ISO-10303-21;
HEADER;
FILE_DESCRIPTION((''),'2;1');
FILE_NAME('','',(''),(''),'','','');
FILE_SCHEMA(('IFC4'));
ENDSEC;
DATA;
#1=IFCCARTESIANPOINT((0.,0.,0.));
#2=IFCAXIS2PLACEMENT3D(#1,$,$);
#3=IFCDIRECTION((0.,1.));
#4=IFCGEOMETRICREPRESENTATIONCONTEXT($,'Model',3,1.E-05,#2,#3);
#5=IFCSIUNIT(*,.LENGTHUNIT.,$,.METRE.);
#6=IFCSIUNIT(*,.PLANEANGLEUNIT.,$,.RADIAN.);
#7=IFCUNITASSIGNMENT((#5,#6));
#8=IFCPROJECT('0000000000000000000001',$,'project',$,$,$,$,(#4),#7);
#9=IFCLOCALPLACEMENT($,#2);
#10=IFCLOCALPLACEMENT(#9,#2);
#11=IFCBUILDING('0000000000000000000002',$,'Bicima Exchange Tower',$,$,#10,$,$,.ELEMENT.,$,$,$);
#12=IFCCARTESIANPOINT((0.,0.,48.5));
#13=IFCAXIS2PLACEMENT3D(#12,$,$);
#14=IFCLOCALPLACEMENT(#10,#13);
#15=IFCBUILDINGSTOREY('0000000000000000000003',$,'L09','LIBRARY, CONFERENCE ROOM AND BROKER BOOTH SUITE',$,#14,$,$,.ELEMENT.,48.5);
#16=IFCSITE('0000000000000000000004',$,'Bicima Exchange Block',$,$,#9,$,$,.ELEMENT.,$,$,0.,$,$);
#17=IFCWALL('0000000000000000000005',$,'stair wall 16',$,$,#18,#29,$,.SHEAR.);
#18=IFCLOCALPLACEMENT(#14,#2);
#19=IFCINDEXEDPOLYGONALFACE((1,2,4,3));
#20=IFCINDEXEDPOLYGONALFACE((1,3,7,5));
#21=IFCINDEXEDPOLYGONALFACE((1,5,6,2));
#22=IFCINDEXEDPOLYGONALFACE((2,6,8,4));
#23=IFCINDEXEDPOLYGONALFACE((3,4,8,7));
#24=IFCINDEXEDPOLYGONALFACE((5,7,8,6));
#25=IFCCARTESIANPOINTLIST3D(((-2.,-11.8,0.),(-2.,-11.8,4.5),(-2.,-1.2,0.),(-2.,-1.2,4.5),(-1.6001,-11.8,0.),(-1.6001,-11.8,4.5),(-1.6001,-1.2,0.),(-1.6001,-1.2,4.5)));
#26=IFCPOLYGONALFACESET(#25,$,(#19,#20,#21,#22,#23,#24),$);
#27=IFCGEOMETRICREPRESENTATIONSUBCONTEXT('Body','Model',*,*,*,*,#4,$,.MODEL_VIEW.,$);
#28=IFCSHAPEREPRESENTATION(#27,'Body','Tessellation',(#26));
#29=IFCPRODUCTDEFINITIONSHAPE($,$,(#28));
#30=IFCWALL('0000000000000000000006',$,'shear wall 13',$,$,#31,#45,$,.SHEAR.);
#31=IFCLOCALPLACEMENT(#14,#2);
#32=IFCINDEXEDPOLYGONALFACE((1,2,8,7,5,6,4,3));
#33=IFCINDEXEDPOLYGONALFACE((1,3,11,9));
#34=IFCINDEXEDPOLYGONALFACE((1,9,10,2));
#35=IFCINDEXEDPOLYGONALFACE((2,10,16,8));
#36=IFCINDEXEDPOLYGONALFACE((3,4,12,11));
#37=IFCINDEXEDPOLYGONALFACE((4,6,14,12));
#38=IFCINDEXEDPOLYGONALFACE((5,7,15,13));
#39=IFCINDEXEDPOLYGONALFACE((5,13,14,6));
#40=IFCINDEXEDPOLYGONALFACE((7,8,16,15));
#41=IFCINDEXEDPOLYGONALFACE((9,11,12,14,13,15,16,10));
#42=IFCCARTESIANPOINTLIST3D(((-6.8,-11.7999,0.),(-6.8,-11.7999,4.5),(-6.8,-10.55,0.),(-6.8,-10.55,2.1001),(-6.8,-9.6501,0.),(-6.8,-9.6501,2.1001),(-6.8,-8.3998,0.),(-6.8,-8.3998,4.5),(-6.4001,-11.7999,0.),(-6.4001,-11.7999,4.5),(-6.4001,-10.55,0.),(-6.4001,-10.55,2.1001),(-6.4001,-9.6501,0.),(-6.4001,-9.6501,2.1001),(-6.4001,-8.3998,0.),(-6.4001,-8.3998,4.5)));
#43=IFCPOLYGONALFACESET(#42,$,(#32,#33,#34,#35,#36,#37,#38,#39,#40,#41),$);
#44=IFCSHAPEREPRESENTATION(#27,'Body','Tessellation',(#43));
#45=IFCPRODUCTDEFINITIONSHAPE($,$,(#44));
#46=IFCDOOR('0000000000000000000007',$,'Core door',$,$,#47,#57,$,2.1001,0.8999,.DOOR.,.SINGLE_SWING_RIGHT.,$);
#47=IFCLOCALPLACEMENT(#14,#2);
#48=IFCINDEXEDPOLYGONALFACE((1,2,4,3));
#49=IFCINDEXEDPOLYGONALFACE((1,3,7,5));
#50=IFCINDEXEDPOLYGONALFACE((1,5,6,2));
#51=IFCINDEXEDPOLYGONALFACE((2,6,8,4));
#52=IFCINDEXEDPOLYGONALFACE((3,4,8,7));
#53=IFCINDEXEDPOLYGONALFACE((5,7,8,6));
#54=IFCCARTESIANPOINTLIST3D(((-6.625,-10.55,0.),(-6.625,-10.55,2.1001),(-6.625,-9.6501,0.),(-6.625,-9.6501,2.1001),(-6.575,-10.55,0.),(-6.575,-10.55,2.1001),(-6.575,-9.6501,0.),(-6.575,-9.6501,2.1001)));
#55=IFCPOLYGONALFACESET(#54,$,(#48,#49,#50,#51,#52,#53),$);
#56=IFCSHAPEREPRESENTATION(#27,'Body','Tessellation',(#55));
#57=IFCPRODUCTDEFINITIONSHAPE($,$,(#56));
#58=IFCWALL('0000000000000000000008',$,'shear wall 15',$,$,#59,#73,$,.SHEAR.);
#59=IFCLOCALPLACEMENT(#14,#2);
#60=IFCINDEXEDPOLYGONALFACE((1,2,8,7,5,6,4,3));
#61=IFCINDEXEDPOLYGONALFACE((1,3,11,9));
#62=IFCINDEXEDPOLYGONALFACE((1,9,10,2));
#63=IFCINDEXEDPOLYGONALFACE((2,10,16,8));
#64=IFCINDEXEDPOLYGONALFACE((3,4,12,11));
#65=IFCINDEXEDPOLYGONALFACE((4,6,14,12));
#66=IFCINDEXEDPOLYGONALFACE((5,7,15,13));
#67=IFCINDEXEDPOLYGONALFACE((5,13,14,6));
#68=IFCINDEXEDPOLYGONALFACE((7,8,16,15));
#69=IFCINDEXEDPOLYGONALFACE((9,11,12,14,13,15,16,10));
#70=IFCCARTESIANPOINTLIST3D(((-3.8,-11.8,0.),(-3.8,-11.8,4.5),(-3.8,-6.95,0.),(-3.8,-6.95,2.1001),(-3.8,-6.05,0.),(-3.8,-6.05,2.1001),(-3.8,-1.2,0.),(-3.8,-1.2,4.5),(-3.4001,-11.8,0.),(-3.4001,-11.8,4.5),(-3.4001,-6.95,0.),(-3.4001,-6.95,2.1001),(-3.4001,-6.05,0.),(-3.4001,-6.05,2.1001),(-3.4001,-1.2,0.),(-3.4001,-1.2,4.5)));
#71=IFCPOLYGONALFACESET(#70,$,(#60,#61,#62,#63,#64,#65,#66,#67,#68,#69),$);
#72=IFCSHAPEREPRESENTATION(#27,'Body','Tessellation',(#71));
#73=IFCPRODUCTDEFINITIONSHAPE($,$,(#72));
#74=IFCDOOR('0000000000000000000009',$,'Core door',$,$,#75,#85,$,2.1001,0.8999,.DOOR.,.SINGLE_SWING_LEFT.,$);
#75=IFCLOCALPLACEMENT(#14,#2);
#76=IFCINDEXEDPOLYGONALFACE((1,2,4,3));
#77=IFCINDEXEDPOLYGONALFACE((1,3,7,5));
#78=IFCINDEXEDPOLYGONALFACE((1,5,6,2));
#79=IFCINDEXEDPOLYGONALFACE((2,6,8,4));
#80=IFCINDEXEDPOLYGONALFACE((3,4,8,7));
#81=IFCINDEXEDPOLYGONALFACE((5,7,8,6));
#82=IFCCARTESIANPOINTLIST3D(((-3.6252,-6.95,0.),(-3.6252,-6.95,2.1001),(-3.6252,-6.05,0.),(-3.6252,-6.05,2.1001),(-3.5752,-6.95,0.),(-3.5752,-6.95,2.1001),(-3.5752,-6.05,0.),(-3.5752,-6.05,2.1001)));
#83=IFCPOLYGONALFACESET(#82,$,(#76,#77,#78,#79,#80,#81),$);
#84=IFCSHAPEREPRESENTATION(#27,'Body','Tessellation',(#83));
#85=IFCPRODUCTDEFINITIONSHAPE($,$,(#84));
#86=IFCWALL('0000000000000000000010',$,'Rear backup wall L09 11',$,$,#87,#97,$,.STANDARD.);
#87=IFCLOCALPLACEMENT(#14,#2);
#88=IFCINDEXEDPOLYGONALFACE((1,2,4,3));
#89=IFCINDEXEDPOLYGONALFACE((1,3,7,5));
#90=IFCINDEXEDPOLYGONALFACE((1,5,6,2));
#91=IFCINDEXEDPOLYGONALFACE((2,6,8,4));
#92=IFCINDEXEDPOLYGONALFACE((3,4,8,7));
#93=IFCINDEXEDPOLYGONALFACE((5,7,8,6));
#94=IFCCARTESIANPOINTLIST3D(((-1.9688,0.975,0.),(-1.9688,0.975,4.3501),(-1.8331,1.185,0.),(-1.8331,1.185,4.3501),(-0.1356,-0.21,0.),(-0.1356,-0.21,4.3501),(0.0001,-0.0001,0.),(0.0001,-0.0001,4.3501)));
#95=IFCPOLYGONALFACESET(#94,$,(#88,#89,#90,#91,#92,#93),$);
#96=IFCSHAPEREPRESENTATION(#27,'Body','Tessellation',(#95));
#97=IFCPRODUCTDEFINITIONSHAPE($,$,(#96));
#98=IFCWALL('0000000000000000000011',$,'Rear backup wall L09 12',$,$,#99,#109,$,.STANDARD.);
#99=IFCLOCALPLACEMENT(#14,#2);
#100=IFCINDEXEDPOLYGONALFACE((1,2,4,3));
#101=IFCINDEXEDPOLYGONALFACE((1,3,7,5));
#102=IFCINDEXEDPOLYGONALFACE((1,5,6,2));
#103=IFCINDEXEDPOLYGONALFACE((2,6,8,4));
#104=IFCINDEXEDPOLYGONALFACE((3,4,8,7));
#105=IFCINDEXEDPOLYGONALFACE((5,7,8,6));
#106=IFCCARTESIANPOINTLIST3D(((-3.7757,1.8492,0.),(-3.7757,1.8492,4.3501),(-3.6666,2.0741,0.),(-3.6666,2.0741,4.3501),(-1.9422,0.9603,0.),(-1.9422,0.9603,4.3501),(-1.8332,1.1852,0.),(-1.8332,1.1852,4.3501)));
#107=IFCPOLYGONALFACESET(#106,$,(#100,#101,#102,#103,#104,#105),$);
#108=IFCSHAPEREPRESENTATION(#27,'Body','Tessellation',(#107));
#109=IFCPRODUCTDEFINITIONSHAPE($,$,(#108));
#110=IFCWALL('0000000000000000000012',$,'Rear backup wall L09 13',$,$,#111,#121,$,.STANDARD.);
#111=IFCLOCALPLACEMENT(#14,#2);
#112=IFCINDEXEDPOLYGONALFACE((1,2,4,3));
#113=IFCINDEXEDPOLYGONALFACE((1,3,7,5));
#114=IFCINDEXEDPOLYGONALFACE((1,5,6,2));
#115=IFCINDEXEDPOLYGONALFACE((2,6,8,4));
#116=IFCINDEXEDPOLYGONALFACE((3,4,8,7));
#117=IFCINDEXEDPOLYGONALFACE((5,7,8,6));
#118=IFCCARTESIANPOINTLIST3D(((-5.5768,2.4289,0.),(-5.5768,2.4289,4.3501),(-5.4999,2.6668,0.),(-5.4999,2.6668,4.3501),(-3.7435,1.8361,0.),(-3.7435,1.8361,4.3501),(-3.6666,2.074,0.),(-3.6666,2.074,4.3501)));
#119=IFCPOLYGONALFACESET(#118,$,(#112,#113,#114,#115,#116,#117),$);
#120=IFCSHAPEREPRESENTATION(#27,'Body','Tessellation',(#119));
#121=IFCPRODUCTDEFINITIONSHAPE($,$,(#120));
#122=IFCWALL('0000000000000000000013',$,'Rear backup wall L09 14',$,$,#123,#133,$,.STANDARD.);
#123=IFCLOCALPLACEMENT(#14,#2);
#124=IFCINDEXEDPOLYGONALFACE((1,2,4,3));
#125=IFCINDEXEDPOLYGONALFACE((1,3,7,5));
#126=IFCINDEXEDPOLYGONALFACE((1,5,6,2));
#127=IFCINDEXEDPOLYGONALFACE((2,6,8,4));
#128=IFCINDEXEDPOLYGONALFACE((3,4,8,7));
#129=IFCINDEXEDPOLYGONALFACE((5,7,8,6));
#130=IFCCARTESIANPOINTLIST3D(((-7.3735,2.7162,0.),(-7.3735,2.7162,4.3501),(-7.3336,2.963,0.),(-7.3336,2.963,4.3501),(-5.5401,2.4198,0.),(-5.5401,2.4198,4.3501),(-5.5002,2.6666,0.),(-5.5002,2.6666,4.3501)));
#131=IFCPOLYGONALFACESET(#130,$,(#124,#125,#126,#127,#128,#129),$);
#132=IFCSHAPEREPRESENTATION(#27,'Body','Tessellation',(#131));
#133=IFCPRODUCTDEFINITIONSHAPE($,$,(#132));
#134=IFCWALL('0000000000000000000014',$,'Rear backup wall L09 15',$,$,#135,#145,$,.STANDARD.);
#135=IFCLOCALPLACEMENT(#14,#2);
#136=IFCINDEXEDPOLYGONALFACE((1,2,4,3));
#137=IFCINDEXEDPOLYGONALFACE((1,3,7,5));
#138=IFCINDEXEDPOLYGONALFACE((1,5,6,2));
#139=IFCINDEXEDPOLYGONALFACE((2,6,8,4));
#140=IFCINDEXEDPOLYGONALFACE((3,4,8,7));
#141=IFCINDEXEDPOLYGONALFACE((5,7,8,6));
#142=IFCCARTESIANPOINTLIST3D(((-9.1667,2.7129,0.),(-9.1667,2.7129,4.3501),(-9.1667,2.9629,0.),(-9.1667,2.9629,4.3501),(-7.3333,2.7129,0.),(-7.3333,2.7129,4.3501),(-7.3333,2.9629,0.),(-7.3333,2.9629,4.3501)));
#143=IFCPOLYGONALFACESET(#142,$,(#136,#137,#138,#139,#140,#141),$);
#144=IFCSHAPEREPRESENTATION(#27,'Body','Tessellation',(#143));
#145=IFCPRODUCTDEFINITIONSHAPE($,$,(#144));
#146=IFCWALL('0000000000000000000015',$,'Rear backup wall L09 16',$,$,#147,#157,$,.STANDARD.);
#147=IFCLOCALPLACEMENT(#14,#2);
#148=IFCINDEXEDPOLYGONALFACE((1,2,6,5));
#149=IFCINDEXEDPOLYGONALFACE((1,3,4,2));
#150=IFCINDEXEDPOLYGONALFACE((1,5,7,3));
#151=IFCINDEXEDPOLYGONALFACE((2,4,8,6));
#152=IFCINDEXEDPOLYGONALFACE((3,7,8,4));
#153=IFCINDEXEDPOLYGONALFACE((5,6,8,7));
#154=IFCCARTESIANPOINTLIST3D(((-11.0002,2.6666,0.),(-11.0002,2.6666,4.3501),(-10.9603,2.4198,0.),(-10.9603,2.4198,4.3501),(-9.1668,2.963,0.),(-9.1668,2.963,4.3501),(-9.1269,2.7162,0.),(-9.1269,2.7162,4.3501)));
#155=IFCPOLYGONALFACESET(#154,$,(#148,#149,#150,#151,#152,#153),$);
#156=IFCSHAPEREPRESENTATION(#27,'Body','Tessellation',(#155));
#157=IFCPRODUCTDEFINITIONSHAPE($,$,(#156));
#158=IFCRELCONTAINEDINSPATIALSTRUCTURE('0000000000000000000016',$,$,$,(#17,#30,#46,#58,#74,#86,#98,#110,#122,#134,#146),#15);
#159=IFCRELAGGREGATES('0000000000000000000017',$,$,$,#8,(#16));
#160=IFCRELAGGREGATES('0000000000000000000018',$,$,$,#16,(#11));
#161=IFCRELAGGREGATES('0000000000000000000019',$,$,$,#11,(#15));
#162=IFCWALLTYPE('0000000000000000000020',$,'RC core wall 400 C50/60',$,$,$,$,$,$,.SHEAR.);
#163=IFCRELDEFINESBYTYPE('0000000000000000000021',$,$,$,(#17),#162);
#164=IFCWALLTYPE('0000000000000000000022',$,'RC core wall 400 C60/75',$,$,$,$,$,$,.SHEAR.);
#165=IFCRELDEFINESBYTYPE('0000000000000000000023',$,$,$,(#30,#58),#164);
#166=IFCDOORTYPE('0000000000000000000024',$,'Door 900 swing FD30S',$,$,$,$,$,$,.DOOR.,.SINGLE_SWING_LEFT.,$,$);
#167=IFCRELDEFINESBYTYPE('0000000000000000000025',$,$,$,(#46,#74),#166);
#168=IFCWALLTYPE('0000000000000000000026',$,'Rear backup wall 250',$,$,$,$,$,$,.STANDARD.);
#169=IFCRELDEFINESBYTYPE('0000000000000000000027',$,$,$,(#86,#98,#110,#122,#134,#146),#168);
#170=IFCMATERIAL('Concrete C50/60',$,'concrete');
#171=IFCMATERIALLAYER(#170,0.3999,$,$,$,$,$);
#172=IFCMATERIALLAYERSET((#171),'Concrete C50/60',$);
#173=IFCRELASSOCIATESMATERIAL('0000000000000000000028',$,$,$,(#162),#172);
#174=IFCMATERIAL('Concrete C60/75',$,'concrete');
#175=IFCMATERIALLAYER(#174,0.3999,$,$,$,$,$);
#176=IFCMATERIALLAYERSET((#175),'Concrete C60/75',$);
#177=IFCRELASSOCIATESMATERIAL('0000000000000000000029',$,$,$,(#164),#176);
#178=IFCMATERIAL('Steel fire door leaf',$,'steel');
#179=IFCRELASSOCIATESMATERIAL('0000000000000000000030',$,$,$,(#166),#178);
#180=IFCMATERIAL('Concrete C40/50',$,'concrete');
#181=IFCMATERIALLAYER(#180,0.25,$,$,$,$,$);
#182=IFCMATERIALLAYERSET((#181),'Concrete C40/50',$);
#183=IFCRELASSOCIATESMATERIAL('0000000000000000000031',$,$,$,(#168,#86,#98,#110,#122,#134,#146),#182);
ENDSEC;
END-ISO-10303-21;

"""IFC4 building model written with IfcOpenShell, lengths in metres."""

from ifc_helpers import new_model, si_unit, direction, frame, frame_2d, origin, place, context, subcontext, project, spatial, rectangle, extrude, material, layer, layer_set, layer_usage, type_object, element, fill, save


model = new_model("IFC4")

# Units and contexts
model_context = context("Model", 3, precision=1e-05, world=origin(), true_north=direction((0.0, 1.0)))
body_context = subcontext(model_context, "Body", "Model", "MODEL_VIEW")
ifc_project = project(units=[si_unit("LENGTHUNIT", "METRE"), si_unit("PLANEANGLEUNIT", "RADIAN")], contexts=[model_context])

# Site, building, storey
site_placement = place(None, origin())
site = spatial("IfcSite", under=ifc_project, at=site_placement, Name="Bicima Exchange Block", CompositionType="ELEMENT", RefElevation=0.0)
building_placement = place(site_placement, origin())
building = spatial("IfcBuilding", under=site, at=building_placement, Name="Bicima Exchange Tower", CompositionType="ELEMENT")
storey_placement = place(building_placement, frame((0.0, 0.0, 48.5)))
storey = spatial("IfcBuildingStorey", under=building, at=storey_placement, Name="L09", Description="LIBRARY, CONFERENCE ROOM AND BROKER BOOTH SUITE", CompositionType="ELEMENT", Elevation=48.5)

# Shared definitions
ifc_material_1 = material(Name="Concrete C40/50", Category="concrete")

# Shared definitions
ifc_material_2 = material(Name="Concrete C50/60", Category="concrete")
ifc_layer_1 = layer(ifc_material_2, 0.3999)
ifc_layer_set_1 = layer_set([ifc_layer_1], Name="Concrete C50/60")
wall_type_1 = type_object("IfcWallType", Name="RC core wall 400 C50/60", PredefinedType="SHEAR", material=ifc_layer_set_1)
ifc_material_3 = material(Name="Steel fire door leaf", Category="steel")

# Wall
wall_1_placement = place(storey_placement, frame((-1.8, -11.8, 0.0), z_axis=(0.0, 0.0, 1.0), x_axis=(0.0, 1.0, 0.0)))
element("IfcWall", 1, at=wall_1_placement, inside=storey, type_object=wall_type_1, Name="stair wall 16", PredefinedType="SHEAR", context=body_context, shape_type="SweptSolid", body=[
    extrude(rectangle(XDim=10.6001, YDim=0.3999, at=frame_2d((5.3, 0.0))), origin(), (0.0, 0.0, 1.0), 4.5),
])

# Walls, openings, doors
ifc_material_4 = material(Name="Concrete C60/75", Category="concrete")
ifc_layer_2 = layer(ifc_material_4, 0.3999)
ifc_layer_set_2 = layer_set([ifc_layer_2], Name="Concrete C60/75")
wall_type_2 = type_object("IfcWallType", Name="RC core wall 400 C60/75", PredefinedType="SHEAR", material=ifc_layer_set_2)
wall_2_placement = place(storey_placement, frame((-6.6001, -11.8, 0.0), z_axis=(0.0, 0.0, 1.0), x_axis=(0.0, 1.0, 0.0)))
wall_2 = element("IfcWall", 2, at=wall_2_placement, inside=storey, type_object=wall_type_2, Name="shear wall 13", PredefinedType="SHEAR", context=body_context, shape_type="SweptSolid", body=[
    extrude(rectangle(XDim=3.4001, YDim=0.3999, at=frame_2d((1.7002, 0.0))), origin(), (0.0, 0.0, 1.0), 4.5),
])
opening_1_placement = place(wall_2_placement, frame((1.25, 0.0, 0.0)))
opening_1 = element("IfcOpeningElement", 3, at=opening_1_placement, cuts=wall_2, PredefinedType="OPENING", context=body_context, shape_type="SweptSolid", body=[
    extrude(rectangle(XDim=0.8999, YDim=2.1001, at=frame_2d((0.45, 1.05))), frame((0.0, 0.2119, 0.0), z_axis=(0.0, -1.0, 0.0), x_axis=(1.0, 0.0, 0.0)), (0.0, 0.0, 1.0), 0.4238),
])
door_type_1 = type_object("IfcDoorType", Name="Door 900 swing FD30S", OperationType="SINGLE_SWING_LEFT", PredefinedType="DOOR", material=ifc_material_3)
door_1_placement = place(opening_1_placement, origin())
door_1 = element("IfcDoor", 4, at=door_1_placement, inside=storey, type_object=door_type_1, Name="Core door", OperationType="SINGLE_SWING_RIGHT", OverallHeight=2.1001, OverallWidth=0.8999, PredefinedType="DOOR", context=body_context, shape_type="SweptSolid", body=[
    extrude(rectangle(XDim=0.8999, YDim=2.1001, at=frame_2d((0.45, 1.05))), frame((0.0, 0.0249, 0.0), z_axis=(0.0, -1.0, 0.0), x_axis=(1.0, 0.0, 0.0)), (0.0, 0.0, 1.0), 0.05),
])
fill(opening_1, door_1)
wall_3_placement = place(storey_placement, frame((-3.6001, -11.8, 0.0), z_axis=(0.0, 0.0, 1.0), x_axis=(0.0, 1.0, 0.0)))
wall_3 = element("IfcWall", 5, at=wall_3_placement, inside=storey, type_object=wall_type_2, Name="shear wall 15", PredefinedType="SHEAR", context=body_context, shape_type="SweptSolid", body=[
    extrude(rectangle(XDim=10.6001, YDim=0.3999, at=frame_2d((5.3, 0.0))), origin(), (0.0, 0.0, 1.0), 4.5),
])
opening_2_placement = place(wall_3_placement, frame((4.8501, 0.0, 0.0)))
opening_2 = element("IfcOpeningElement", 6, at=opening_2_placement, cuts=wall_3, PredefinedType="OPENING", context=body_context, shape_type="SweptSolid", body=[
    extrude(rectangle(XDim=0.8999, YDim=2.1001, at=frame_2d((0.45, 1.05))), frame((0.0, 0.2119, 0.0), z_axis=(0.0, -1.0, 0.0), x_axis=(1.0, 0.0, 0.0)), (0.0, 0.0, 1.0), 0.4238),
])
door_2_placement = place(opening_2_placement, frame((0.8999, 0.0, 0.0), z_axis=(0.0, 0.0, 1.0), x_axis=(-1.0, 0.0, 0.0)))
door_2 = element("IfcDoor", 7, at=door_2_placement, inside=storey, type_object=door_type_1, Name="Core door", OperationType="SINGLE_SWING_LEFT", OverallHeight=2.1001, OverallWidth=0.8999, PredefinedType="DOOR", context=body_context, shape_type="SweptSolid", body=[
    extrude(rectangle(XDim=0.8999, YDim=2.1001, at=frame_2d((0.45, 1.05))), frame((0.0, 0.0249, 0.0), z_axis=(0.0, -1.0, 0.0), x_axis=(1.0, 0.0, 0.0)), (0.0, 0.0, 1.0), 0.05),
])
fill(opening_2, door_2)

# Walls
ifc_layer_3 = layer(ifc_material_1, 0.25)
ifc_layer_set_3 = layer_set([ifc_layer_3], Name="Concrete C40/50")
ifc_layer_usage = layer_usage(ifc_layer_set_3, "AXIS2", "POSITIVE", -0.125)
wall_type_3 = type_object("IfcWallType", Name="Rear backup wall 250", PredefinedType="STANDARD", material=ifc_layer_set_3)
wall_4_placement = place(storey_placement, frame((-0.0679, -0.105, 0.0), z_axis=(0.0, 0.0, 1.0), x_axis=(-0.839813, 0.542876, 0.0)))
element("IfcWall", 8, at=wall_4_placement, inside=storey, type_object=wall_type_3, material=ifc_layer_usage, Name="Rear backup wall L09 11", PredefinedType="STANDARD", context=body_context, shape_type="SweptSolid", body=[
    extrude(rectangle(XDim=2.1829, YDim=0.25, at=frame_2d((1.0913, 0.0))), origin(), (0.0, 0.0, 1.0), 4.3501),
])
wall_5_placement = place(storey_placement, frame((-1.8877, 1.0728, 0.0), z_axis=(0.0, 0.0, 1.0), x_axis=(-0.899824, 0.436253, 0.0)))
element("IfcWall", 9, at=wall_5_placement, inside=storey, type_object=wall_type_3, material=ifc_layer_usage, Name="Rear backup wall L09 12", PredefinedType="STANDARD", context=body_context, shape_type="SweptSolid", body=[
    extrude(rectangle(XDim=2.0376, YDim=0.25, at=frame_2d((1.0188, 0.0))), origin(), (0.0, 0.0, 1.0), 4.3501),
])
wall_6_placement = place(storey_placement, frame((-3.7051, 1.9551, 0.0), z_axis=(0.0, 0.0, 1.0), x_axis=(-0.951496, 0.307662, 0.0)))
element("IfcWall", 10, at=wall_6_placement, inside=storey, type_object=wall_type_3, material=ifc_layer_usage, Name="Rear backup wall L09 13", PredefinedType="STANDARD", context=body_context, shape_type="SweptSolid", body=[
    extrude(rectangle(XDim=1.9268, YDim=0.25, at=frame_2d((0.9634, 0.0))), origin(), (0.0, 0.0, 1.0), 4.3501),
])
wall_7_placement = place(storey_placement, frame((-5.52, 2.5432, 0.0), z_axis=(0.0, 0.0, 1.0), x_axis=(-0.987182, 0.1596, 0.0)))
element("IfcWall", 11, at=wall_7_placement, inside=storey, type_object=wall_type_3, material=ifc_layer_usage, Name="Rear backup wall L09 14", PredefinedType="STANDARD", context=body_context, shape_type="SweptSolid", body=[
    extrude(rectangle(XDim=1.8572, YDim=0.25, at=frame_2d((0.9287, 0.0))), origin(), (0.0, 0.0, 1.0), 4.3501),
])
wall_8_placement = place(storey_placement, frame((-7.3333, 2.8379, 0.0), z_axis=(0.0, 0.0, 1.0), x_axis=(-1.0, 0.0, 0.0)))
element("IfcWall", 12, at=wall_8_placement, inside=storey, type_object=wall_type_3, material=ifc_layer_usage, Name="Rear backup wall L09 15", PredefinedType="STANDARD", context=body_context, shape_type="SweptSolid", body=[
    extrude(rectangle(XDim=1.8335, YDim=0.25, at=frame_2d((0.9167, 0.0))), origin(), (0.0, 0.0, 1.0), 4.3501),
])
wall_9_placement = place(storey_placement, frame((-9.1467, 2.8396, 0.0), z_axis=(0.0, 0.0, 1.0), x_axis=(-0.987182, -0.1596, 0.0)))
element("IfcWall", 13, at=wall_9_placement, inside=storey, type_object=wall_type_3, material=ifc_layer_usage, Name="Rear backup wall L09 16", PredefinedType="STANDARD", context=body_context, shape_type="SweptSolid", body=[
    extrude(rectangle(XDim=1.8572, YDim=0.25, at=frame_2d((0.9287, 0.0))), origin(), (0.0, 0.0, 1.0), 4.3501),
])

save(model, "model.ifc")
